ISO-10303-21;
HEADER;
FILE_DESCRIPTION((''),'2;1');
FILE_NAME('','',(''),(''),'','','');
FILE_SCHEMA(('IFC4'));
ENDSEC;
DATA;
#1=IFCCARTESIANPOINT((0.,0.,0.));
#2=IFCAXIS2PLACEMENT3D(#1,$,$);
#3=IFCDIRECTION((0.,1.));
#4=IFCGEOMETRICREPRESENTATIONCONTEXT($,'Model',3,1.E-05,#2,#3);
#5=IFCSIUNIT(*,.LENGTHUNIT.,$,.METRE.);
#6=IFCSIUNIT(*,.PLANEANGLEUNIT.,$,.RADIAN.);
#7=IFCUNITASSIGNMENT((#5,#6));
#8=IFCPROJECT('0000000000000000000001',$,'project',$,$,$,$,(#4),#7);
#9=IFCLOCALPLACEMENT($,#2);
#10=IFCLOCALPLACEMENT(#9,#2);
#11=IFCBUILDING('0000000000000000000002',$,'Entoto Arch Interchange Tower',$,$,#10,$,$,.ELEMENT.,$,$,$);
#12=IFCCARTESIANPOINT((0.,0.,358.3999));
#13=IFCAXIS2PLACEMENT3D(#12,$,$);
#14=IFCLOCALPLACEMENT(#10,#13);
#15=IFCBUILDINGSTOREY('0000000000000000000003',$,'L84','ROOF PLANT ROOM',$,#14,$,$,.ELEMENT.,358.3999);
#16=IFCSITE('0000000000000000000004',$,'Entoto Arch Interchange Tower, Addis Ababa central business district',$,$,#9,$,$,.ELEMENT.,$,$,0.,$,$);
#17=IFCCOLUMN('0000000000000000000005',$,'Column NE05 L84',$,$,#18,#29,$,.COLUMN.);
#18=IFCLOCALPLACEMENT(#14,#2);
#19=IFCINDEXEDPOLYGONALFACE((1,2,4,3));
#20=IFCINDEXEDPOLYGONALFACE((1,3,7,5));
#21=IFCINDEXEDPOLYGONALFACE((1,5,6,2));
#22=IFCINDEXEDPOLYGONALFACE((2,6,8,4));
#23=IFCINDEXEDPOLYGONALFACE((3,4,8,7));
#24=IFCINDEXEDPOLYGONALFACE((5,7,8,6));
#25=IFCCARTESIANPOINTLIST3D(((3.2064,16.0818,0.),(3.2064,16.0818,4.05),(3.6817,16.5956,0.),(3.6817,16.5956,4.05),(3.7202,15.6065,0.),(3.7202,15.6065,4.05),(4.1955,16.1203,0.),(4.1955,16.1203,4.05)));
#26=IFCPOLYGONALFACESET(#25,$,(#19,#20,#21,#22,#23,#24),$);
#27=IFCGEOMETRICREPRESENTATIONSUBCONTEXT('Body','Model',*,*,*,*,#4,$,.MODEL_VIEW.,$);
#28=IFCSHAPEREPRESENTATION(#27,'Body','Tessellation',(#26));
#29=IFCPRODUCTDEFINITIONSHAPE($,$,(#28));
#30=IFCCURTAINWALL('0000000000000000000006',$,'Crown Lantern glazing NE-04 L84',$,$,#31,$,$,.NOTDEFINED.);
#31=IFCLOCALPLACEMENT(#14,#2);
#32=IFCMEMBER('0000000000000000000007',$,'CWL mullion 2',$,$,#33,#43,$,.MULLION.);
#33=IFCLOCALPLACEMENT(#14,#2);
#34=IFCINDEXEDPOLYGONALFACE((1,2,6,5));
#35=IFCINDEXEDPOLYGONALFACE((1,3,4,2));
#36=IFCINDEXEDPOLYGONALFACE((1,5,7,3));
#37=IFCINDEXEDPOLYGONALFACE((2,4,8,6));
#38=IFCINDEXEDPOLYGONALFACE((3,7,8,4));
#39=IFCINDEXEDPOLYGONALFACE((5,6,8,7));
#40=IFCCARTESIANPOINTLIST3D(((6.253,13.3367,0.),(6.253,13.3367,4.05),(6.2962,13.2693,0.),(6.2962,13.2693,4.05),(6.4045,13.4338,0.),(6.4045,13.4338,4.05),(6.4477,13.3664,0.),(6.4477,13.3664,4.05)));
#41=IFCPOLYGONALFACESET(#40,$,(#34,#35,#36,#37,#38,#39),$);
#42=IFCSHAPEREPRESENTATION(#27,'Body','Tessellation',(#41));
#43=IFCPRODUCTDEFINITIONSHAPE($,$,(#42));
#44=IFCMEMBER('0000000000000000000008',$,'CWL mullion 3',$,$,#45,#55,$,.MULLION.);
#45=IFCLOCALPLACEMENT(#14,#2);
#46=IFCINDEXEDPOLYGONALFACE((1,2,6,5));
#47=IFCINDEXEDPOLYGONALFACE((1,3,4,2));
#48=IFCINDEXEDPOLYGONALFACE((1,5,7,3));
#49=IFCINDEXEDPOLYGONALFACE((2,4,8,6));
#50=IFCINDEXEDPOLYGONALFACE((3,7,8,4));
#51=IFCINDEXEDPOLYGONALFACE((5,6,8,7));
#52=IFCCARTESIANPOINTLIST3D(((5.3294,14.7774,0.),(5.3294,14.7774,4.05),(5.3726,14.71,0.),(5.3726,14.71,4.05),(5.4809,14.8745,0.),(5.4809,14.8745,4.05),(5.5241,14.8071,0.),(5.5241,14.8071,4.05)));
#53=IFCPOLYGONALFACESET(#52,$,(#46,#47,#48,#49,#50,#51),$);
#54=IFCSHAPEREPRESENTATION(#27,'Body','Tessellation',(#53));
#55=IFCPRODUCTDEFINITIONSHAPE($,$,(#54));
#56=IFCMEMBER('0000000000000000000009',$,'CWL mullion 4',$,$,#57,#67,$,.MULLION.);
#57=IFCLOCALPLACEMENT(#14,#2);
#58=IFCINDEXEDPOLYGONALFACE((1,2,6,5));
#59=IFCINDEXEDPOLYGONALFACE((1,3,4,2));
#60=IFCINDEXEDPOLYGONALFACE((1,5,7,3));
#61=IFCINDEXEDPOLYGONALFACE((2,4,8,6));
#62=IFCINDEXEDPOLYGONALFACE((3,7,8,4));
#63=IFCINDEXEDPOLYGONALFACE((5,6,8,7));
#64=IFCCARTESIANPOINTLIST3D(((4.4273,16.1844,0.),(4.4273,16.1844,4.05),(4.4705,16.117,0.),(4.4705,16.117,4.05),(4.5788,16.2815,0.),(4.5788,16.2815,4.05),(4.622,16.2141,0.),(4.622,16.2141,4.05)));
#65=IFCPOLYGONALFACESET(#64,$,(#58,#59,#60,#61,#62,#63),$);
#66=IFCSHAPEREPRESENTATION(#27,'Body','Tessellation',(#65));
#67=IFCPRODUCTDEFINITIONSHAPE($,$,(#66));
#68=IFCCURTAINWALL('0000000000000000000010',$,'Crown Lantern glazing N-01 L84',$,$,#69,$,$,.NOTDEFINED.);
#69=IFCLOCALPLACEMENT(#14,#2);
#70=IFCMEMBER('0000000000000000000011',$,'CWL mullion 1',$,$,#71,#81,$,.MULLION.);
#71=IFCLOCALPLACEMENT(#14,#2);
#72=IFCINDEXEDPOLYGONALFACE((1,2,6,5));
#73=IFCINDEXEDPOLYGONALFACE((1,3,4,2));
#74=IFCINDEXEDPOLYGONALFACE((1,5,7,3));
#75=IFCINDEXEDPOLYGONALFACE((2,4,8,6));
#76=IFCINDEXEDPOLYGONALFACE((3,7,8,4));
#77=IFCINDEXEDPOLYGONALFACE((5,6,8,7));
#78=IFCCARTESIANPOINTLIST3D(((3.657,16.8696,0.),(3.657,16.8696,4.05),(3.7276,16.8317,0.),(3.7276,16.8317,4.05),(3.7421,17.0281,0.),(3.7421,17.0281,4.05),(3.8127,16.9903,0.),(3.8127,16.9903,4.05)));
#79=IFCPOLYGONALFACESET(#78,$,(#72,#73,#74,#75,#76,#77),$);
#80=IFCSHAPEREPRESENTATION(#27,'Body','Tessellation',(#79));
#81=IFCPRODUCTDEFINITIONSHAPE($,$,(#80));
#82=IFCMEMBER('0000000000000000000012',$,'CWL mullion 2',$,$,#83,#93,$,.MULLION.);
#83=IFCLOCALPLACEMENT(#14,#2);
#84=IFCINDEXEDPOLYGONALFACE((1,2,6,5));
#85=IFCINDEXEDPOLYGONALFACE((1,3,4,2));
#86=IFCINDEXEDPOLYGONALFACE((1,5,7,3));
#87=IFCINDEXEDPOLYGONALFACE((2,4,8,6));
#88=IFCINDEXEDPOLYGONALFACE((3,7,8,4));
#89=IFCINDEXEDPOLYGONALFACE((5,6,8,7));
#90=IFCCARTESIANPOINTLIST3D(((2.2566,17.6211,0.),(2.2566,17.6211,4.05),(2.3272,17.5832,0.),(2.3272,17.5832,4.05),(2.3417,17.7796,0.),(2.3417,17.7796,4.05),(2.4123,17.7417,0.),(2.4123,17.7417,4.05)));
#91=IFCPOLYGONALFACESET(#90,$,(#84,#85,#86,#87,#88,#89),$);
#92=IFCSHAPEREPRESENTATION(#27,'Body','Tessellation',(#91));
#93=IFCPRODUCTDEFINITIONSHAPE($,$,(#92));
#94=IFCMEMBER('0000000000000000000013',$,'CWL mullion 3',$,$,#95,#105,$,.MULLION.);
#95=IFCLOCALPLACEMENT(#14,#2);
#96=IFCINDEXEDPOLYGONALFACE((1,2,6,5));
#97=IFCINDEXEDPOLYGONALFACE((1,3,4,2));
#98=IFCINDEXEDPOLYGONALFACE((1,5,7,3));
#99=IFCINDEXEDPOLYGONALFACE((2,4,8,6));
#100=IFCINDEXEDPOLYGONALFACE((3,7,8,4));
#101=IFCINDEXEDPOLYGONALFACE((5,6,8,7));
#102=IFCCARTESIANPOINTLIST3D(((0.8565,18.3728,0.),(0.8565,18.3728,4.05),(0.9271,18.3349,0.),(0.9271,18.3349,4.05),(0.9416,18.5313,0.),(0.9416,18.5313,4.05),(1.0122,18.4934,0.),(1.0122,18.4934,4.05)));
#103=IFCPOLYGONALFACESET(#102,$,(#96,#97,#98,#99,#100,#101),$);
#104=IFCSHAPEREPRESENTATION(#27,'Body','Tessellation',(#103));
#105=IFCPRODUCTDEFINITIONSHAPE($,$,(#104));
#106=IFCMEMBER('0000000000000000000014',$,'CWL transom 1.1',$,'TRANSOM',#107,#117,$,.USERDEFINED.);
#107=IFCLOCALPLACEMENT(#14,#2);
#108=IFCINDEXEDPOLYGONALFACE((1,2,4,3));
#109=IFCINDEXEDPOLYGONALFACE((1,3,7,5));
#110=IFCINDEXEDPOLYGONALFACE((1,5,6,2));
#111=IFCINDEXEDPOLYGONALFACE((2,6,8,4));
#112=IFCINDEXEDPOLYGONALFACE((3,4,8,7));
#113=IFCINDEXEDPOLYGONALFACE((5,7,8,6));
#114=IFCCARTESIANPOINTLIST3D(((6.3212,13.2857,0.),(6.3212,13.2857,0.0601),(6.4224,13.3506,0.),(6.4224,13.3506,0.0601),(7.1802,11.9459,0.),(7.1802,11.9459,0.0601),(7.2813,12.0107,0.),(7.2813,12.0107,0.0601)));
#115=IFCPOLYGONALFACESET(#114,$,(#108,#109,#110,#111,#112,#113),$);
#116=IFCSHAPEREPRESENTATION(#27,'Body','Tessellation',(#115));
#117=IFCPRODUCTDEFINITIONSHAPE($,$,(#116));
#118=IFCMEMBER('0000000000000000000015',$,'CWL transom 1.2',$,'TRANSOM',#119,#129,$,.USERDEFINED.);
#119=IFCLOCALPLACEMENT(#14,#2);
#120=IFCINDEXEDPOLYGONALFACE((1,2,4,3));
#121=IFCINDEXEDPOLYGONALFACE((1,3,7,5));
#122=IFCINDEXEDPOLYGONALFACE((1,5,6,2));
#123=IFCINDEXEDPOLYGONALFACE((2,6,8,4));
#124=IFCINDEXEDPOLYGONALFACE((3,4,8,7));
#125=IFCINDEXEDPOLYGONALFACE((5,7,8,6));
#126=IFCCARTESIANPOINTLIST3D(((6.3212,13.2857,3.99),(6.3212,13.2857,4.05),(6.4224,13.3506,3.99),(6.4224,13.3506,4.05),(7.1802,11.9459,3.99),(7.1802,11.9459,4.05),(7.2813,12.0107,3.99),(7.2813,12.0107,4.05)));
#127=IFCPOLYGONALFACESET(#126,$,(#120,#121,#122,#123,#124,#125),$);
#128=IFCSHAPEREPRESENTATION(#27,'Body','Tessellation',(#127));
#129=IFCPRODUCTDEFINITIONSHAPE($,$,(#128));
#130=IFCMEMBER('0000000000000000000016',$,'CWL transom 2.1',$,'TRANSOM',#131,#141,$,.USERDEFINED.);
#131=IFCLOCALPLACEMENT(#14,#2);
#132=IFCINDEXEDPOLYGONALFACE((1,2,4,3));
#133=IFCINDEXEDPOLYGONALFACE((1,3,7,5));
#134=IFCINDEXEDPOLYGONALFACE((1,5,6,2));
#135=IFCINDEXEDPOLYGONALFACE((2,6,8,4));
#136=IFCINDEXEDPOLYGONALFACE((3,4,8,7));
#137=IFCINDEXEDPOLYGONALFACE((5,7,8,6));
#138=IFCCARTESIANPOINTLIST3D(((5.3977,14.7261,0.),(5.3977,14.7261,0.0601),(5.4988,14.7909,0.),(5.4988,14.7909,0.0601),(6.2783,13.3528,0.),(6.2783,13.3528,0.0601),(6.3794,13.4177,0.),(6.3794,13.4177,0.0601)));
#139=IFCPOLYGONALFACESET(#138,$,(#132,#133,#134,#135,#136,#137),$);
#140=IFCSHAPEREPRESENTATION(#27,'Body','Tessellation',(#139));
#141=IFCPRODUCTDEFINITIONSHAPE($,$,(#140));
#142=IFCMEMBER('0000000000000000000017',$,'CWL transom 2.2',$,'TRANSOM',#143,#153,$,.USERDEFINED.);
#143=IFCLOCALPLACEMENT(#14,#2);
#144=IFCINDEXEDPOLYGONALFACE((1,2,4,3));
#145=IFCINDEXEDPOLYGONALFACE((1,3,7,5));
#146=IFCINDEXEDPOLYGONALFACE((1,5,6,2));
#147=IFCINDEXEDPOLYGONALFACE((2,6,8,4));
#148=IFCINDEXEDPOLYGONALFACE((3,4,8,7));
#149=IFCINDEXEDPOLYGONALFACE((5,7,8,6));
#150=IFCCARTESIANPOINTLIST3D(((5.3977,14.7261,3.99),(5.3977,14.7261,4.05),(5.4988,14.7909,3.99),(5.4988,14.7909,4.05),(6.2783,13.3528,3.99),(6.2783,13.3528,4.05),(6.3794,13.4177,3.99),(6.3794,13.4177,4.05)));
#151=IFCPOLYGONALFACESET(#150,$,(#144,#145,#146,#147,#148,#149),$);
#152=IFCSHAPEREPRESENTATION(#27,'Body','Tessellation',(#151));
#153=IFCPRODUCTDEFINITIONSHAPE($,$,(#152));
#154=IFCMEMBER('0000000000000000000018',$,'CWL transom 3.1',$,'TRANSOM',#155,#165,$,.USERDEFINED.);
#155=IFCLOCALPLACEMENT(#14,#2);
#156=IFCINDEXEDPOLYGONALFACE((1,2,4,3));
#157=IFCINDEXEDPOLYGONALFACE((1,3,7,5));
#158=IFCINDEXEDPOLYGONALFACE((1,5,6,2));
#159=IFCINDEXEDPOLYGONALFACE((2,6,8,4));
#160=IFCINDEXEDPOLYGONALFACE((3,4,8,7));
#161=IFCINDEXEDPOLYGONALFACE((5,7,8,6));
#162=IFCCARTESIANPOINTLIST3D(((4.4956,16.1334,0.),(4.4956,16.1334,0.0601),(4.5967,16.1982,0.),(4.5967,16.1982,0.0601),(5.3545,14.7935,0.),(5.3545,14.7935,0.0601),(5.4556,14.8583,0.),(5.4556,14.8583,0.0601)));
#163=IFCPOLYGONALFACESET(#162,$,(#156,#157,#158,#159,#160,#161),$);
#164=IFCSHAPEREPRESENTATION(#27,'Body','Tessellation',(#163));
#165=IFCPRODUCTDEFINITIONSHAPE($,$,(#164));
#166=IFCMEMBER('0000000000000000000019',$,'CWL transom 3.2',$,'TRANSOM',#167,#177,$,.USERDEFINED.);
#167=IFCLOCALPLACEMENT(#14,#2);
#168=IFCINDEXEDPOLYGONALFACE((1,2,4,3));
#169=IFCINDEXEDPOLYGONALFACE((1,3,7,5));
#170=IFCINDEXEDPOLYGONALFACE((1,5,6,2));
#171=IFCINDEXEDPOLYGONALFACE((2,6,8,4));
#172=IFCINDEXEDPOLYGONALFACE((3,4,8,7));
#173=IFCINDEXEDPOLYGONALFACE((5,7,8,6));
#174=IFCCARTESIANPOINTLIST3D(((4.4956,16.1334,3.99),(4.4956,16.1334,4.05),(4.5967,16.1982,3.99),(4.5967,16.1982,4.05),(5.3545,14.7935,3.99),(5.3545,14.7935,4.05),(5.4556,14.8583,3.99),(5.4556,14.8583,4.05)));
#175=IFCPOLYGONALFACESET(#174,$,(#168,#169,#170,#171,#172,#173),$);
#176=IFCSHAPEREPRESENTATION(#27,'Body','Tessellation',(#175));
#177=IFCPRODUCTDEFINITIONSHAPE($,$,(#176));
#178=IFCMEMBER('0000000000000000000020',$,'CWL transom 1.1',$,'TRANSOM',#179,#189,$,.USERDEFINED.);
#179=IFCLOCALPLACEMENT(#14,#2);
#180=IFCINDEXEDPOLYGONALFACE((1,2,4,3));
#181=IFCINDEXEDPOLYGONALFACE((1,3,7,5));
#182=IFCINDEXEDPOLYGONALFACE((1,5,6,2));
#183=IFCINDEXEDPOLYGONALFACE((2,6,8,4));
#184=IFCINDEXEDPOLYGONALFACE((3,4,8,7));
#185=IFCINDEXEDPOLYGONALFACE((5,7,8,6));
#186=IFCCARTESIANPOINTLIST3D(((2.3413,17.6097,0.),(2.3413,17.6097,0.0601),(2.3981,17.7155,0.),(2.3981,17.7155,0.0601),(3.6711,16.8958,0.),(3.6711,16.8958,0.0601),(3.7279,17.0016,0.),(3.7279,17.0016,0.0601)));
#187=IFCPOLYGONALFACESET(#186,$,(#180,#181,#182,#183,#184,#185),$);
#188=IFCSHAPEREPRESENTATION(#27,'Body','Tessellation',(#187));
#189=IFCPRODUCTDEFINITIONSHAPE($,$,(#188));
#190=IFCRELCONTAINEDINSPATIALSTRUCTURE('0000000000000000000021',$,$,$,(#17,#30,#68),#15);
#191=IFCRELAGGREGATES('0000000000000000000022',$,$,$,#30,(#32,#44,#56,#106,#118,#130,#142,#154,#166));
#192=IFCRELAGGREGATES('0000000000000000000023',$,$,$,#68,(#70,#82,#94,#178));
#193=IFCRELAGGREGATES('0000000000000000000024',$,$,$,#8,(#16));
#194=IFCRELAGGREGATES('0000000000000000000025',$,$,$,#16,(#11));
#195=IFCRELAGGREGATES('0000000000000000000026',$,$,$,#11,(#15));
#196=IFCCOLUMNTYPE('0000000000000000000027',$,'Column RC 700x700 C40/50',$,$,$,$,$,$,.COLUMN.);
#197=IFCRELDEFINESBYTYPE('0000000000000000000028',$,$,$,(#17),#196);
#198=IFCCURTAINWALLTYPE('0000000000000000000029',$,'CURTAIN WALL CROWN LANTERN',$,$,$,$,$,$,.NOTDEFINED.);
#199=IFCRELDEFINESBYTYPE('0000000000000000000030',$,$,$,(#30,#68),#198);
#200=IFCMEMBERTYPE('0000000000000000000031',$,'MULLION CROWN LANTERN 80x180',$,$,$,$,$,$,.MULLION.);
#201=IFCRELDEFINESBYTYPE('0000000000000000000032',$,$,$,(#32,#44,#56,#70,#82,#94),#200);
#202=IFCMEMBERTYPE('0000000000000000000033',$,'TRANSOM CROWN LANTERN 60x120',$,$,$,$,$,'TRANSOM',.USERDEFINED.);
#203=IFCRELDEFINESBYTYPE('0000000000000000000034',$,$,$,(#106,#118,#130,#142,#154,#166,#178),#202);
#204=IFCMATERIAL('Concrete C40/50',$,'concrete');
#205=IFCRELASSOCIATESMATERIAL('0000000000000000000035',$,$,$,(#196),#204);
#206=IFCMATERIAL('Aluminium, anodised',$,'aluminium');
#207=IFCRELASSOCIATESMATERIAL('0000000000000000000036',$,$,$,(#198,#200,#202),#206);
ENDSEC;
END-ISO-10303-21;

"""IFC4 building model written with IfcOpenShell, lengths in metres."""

from ifc_helpers import new_model, si_unit, direction, frame, origin, origin_2d, place, context, subcontext, project, spatial, rectangle, extrude, material, material_profile, profile_set, type_object, element, aggregate, save


model = new_model("IFC4")

# Units and contexts
model_context = context("Model", 3, precision=1e-05, world=origin(), true_north=direction((0.0, 1.0)))
body_context = subcontext(model_context, "Body", "Model", "MODEL_VIEW")
ifc_project = project(units=[si_unit("LENGTHUNIT", "METRE"), si_unit("PLANEANGLEUNIT", "RADIAN")], contexts=[model_context])

# Site, building, storey
site_placement = place(None, origin())
site = spatial("IfcSite", under=ifc_project, at=site_placement, Name="Entoto Arch Interchange Tower, Addis Ababa central business district", CompositionType="ELEMENT", RefElevation=0.0)
building_placement = place(site_placement, origin())
building = spatial("IfcBuilding", under=site, at=building_placement, Name="Entoto Arch Interchange Tower", CompositionType="ELEMENT")
storey_placement = place(building_placement, frame((0.0, 0.0, 358.3999)))
storey = spatial("IfcBuildingStorey", under=building, at=storey_placement, Name="L84", Description="ROOF PLANT ROOM", CompositionType="ELEMENT", Elevation=358.3999)

# Column
ifc_material_1 = material(Name="Concrete C40/50", Category="concrete")
ifc_material_profile_1 = material_profile(ifc_material_1, rectangle(XDim=0.7, YDim=0.7, at=origin_2d()))
ifc_profile_set_1 = profile_set([ifc_material_profile_1], Name="Concrete C40/50")
column_type = type_object("IfcColumnType", Name="Column RC 700x700 C40/50", PredefinedType="COLUMN", material=ifc_profile_set_1)
column_placement = place(storey_placement, frame((3.7009, 16.1011, 0.0), z_axis=(0.0, 0.0, 1.0), x_axis=(-0.73405, 0.679095, 0.0)))
element("IfcColumn", 1, at=column_placement, inside=storey, type_object=column_type, Name="Column NE05 L84", PredefinedType="COLUMN", context=body_context, shape_type="SweptSolid", body=[
    extrude(rectangle(XDim=0.7, YDim=0.7, at=origin_2d()), origin(), (0.0, 0.0, 1.0), 4.05),
])

# Curtain walls, members
ifc_material_2 = material(Name="Aluminium, anodised", Category="aluminium")
curtain_wall_type = type_object("IfcCurtainWallType", Name="CURTAIN WALL CROWN LANTERN", PredefinedType="NOTDEFINED", material=ifc_material_2)
curtain_wall_1_placement = place(storey_placement, origin())
curtain_wall_1 = element("IfcCurtainWall", 2, at=curtain_wall_1_placement, inside=storey, type_object=curtain_wall_type, Name="Crown Lantern glazing NE-04 L84", PredefinedType="NOTDEFINED")
ifc_material_profile_2 = material_profile(ifc_material_2, rectangle(XDim=0.1799, YDim=0.0801, at=origin_2d()))
ifc_profile_set_2 = profile_set([ifc_material_profile_2], Name="Aluminium, anodised")
member_type_1 = type_object("IfcMemberType", Name="MULLION CROWN LANTERN 80x180", PredefinedType="MULLION", material=ifc_profile_set_2)
member_1_placement = place(storey_placement, frame((6.3503, 13.3516, 0.0), z_axis=(0.0, 0.0, 1.0), x_axis=(-0.841836, -0.539733, 0.0)))
member_1 = element("IfcMember", 3, at=member_1_placement, type_object=member_type_1, Name="CWL mullion 2", PredefinedType="MULLION", context=body_context, shape_type="SweptSolid", body=[
    extrude(rectangle(XDim=0.1799, YDim=0.0801, at=origin_2d()), origin(), (0.0, 0.0, 1.0), 4.05),
])
member_2_placement = place(storey_placement, frame((5.4268, 14.7922, 0.0), z_axis=(0.0, 0.0, 1.0), x_axis=(-0.841836, -0.539733, 0.0)))
member_2 = element("IfcMember", 4, at=member_2_placement, type_object=member_type_1, Name="CWL mullion 3", PredefinedType="MULLION", context=body_context, shape_type="SweptSolid", body=[
    extrude(rectangle(XDim=0.1799, YDim=0.0801, at=origin_2d()), origin(), (0.0, 0.0, 1.0), 4.05),
])
member_3_placement = place(storey_placement, frame((4.5247, 16.1992, 0.0), z_axis=(0.0, 0.0, 1.0), x_axis=(-0.841836, -0.539733, 0.0)))
member_3 = element("IfcMember", 5, at=member_3_placement, type_object=member_type_1, Name="CWL mullion 4", PredefinedType="MULLION", context=body_context, shape_type="SweptSolid", body=[
    extrude(rectangle(XDim=0.1799, YDim=0.0801, at=origin_2d()), origin(), (0.0, 0.0, 1.0), 4.05),
])
curtain_wall_2_placement = place(storey_placement, origin())
curtain_wall_2 = element("IfcCurtainWall", 6, at=curtain_wall_2_placement, inside=storey, type_object=curtain_wall_type, Name="Crown Lantern glazing N-01 L84", PredefinedType="NOTDEFINED")
member_4_placement = place(storey_placement, frame((3.7349, 16.9299, 0.0), z_axis=(0.0, 0.0, 1.0), x_axis=(-0.472928, -0.881101, 0.0)))
member_4 = element("IfcMember", 7, at=member_4_placement, type_object=member_type_1, Name="CWL mullion 1", PredefinedType="MULLION", context=body_context, shape_type="SweptSolid", body=[
    extrude(rectangle(XDim=0.1799, YDim=0.0801, at=origin_2d()), origin(), (0.0, 0.0, 1.0), 4.05),
])
member_5_placement = place(storey_placement, frame((2.3345, 17.6814, 0.0), z_axis=(0.0, 0.0, 1.0), x_axis=(-0.472928, -0.881101, 0.0)))
member_5 = element("IfcMember", 8, at=member_5_placement, type_object=member_type_1, Name="CWL mullion 2", PredefinedType="MULLION", context=body_context, shape_type="SweptSolid", body=[
    extrude(rectangle(XDim=0.1799, YDim=0.0801, at=origin_2d()), origin(), (0.0, 0.0, 1.0), 4.05),
])
member_6_placement = place(storey_placement, frame((0.9343, 18.4331, 0.0), z_axis=(0.0, 0.0, 1.0), x_axis=(-0.472928, -0.881101, 0.0)))
member_6 = element("IfcMember", 9, at=member_6_placement, type_object=member_type_1, Name="CWL mullion 3", PredefinedType="MULLION", context=body_context, shape_type="SweptSolid", body=[
    extrude(rectangle(XDim=0.1799, YDim=0.0801, at=origin_2d()), origin(), (0.0, 0.0, 1.0), 4.05),
])

# Members
ifc_material_profile_3 = material_profile(ifc_material_2, rectangle(XDim=0.1201, YDim=0.0601, at=origin_2d()))
ifc_profile_set_3 = profile_set([ifc_material_profile_3], Name="Aluminium, anodised")
member_type_2 = type_object("IfcMemberType", Name="TRANSOM CROWN LANTERN 60x120", ElementType="TRANSOM", PredefinedType="USERDEFINED", material=ifc_profile_set_3)
member_7_placement = place(storey_placement, frame((7.2307, 11.9783, 0.03), z_axis=(-0.539672, 0.841876, 0.0), x_axis=(-0.841876, -0.539672, 0.0)))
member_7 = element("IfcMember", 10, at=member_7_placement, type_object=member_type_2, Name="CWL transom 1.1", ObjectType="TRANSOM", PredefinedType="USERDEFINED", context=body_context, shape_type="SweptSolid", body=[
    extrude(rectangle(XDim=0.1201, YDim=0.0601, at=origin_2d()), origin(), (0.0, 0.0, 1.0), 1.5916),
])
member_8_placement = place(storey_placement, frame((7.2307, 11.9783, 4.02), z_axis=(-0.539672, 0.841876, 0.0), x_axis=(-0.841876, -0.539672, 0.0)))
member_8 = element("IfcMember", 11, at=member_8_placement, type_object=member_type_2, Name="CWL transom 1.2", ObjectType="TRANSOM", PredefinedType="USERDEFINED", context=body_context, shape_type="SweptSolid", body=[
    extrude(rectangle(XDim=0.1201, YDim=0.0601, at=origin_2d()), origin(), (0.0, 0.0, 1.0), 1.5916),
])
member_9_placement = place(storey_placement, frame((6.3289, 13.3853, 0.03), z_axis=(-0.539797, 0.841795, 0.0), x_axis=(-0.841795, -0.539797, 0.0)))
member_9 = element("IfcMember", 12, at=member_9_placement, type_object=member_type_2, Name="CWL transom 2.1", ObjectType="TRANSOM", PredefinedType="USERDEFINED", context=body_context, shape_type="SweptSolid", body=[
    extrude(rectangle(XDim=0.1201, YDim=0.0601, at=origin_2d()), origin(), (0.0, 0.0, 1.0), 1.6313),
])
member_10_placement = place(storey_placement, frame((6.3289, 13.3853, 4.02), z_axis=(-0.539797, 0.841795, 0.0), x_axis=(-0.841795, -0.539797, 0.0)))
member_10 = element("IfcMember", 13, at=member_10_placement, type_object=member_type_2, Name="CWL transom 2.2", ObjectType="TRANSOM", PredefinedType="USERDEFINED", context=body_context, shape_type="SweptSolid", body=[
    extrude(rectangle(XDim=0.1201, YDim=0.0601, at=origin_2d()), origin(), (0.0, 0.0, 1.0), 1.6313),
])
member_11_placement = place(storey_placement, frame((5.405, 14.8259, 0.03), z_axis=(-0.539672, 0.841876, 0.0), x_axis=(-0.841876, -0.539672, 0.0)))
member_11 = element("IfcMember", 14, at=member_11_placement, type_object=member_type_2, Name="CWL transom 3.1", ObjectType="TRANSOM", PredefinedType="USERDEFINED", context=body_context, shape_type="SweptSolid", body=[
    extrude(rectangle(XDim=0.1201, YDim=0.0601, at=origin_2d()), origin(), (0.0, 0.0, 1.0), 1.5916),
])
member_12_placement = place(storey_placement, frame((5.405, 14.8259, 4.02), z_axis=(-0.539672, 0.841876, 0.0), x_axis=(-0.841876, -0.539672, 0.0)))
member_12 = element("IfcMember", 15, at=member_12_placement, type_object=member_type_2, Name="CWL transom 3.2", ObjectType="TRANSOM", PredefinedType="USERDEFINED", context=body_context, shape_type="SweptSolid", body=[
    extrude(rectangle(XDim=0.1201, YDim=0.0601, at=origin_2d()), origin(), (0.0, 0.0, 1.0), 1.5916),
])
member_13_placement = place(storey_placement, frame((3.6995, 16.9487, 0.03), z_axis=(-0.881078, 0.472971, 0.0), x_axis=(-0.472971, -0.881078, 0.0)))
member_13 = element("IfcMember", 16, at=member_13_placement, type_object=member_type_2, Name="CWL transom 1.1", ObjectType="TRANSOM", PredefinedType="USERDEFINED", context=body_context, shape_type="SweptSolid", body=[
    extrude(rectangle(XDim=0.1201, YDim=0.0601, at=origin_2d()), origin(), (0.0, 0.0, 1.0), 1.5093),
])

aggregate(curtain_wall_1, [member_1, member_2, member_3, member_7, member_8, member_9, member_10, member_11, member_12])
aggregate(curtain_wall_2, [member_4, member_5, member_6, member_13])

save(model, "model.ifc")
